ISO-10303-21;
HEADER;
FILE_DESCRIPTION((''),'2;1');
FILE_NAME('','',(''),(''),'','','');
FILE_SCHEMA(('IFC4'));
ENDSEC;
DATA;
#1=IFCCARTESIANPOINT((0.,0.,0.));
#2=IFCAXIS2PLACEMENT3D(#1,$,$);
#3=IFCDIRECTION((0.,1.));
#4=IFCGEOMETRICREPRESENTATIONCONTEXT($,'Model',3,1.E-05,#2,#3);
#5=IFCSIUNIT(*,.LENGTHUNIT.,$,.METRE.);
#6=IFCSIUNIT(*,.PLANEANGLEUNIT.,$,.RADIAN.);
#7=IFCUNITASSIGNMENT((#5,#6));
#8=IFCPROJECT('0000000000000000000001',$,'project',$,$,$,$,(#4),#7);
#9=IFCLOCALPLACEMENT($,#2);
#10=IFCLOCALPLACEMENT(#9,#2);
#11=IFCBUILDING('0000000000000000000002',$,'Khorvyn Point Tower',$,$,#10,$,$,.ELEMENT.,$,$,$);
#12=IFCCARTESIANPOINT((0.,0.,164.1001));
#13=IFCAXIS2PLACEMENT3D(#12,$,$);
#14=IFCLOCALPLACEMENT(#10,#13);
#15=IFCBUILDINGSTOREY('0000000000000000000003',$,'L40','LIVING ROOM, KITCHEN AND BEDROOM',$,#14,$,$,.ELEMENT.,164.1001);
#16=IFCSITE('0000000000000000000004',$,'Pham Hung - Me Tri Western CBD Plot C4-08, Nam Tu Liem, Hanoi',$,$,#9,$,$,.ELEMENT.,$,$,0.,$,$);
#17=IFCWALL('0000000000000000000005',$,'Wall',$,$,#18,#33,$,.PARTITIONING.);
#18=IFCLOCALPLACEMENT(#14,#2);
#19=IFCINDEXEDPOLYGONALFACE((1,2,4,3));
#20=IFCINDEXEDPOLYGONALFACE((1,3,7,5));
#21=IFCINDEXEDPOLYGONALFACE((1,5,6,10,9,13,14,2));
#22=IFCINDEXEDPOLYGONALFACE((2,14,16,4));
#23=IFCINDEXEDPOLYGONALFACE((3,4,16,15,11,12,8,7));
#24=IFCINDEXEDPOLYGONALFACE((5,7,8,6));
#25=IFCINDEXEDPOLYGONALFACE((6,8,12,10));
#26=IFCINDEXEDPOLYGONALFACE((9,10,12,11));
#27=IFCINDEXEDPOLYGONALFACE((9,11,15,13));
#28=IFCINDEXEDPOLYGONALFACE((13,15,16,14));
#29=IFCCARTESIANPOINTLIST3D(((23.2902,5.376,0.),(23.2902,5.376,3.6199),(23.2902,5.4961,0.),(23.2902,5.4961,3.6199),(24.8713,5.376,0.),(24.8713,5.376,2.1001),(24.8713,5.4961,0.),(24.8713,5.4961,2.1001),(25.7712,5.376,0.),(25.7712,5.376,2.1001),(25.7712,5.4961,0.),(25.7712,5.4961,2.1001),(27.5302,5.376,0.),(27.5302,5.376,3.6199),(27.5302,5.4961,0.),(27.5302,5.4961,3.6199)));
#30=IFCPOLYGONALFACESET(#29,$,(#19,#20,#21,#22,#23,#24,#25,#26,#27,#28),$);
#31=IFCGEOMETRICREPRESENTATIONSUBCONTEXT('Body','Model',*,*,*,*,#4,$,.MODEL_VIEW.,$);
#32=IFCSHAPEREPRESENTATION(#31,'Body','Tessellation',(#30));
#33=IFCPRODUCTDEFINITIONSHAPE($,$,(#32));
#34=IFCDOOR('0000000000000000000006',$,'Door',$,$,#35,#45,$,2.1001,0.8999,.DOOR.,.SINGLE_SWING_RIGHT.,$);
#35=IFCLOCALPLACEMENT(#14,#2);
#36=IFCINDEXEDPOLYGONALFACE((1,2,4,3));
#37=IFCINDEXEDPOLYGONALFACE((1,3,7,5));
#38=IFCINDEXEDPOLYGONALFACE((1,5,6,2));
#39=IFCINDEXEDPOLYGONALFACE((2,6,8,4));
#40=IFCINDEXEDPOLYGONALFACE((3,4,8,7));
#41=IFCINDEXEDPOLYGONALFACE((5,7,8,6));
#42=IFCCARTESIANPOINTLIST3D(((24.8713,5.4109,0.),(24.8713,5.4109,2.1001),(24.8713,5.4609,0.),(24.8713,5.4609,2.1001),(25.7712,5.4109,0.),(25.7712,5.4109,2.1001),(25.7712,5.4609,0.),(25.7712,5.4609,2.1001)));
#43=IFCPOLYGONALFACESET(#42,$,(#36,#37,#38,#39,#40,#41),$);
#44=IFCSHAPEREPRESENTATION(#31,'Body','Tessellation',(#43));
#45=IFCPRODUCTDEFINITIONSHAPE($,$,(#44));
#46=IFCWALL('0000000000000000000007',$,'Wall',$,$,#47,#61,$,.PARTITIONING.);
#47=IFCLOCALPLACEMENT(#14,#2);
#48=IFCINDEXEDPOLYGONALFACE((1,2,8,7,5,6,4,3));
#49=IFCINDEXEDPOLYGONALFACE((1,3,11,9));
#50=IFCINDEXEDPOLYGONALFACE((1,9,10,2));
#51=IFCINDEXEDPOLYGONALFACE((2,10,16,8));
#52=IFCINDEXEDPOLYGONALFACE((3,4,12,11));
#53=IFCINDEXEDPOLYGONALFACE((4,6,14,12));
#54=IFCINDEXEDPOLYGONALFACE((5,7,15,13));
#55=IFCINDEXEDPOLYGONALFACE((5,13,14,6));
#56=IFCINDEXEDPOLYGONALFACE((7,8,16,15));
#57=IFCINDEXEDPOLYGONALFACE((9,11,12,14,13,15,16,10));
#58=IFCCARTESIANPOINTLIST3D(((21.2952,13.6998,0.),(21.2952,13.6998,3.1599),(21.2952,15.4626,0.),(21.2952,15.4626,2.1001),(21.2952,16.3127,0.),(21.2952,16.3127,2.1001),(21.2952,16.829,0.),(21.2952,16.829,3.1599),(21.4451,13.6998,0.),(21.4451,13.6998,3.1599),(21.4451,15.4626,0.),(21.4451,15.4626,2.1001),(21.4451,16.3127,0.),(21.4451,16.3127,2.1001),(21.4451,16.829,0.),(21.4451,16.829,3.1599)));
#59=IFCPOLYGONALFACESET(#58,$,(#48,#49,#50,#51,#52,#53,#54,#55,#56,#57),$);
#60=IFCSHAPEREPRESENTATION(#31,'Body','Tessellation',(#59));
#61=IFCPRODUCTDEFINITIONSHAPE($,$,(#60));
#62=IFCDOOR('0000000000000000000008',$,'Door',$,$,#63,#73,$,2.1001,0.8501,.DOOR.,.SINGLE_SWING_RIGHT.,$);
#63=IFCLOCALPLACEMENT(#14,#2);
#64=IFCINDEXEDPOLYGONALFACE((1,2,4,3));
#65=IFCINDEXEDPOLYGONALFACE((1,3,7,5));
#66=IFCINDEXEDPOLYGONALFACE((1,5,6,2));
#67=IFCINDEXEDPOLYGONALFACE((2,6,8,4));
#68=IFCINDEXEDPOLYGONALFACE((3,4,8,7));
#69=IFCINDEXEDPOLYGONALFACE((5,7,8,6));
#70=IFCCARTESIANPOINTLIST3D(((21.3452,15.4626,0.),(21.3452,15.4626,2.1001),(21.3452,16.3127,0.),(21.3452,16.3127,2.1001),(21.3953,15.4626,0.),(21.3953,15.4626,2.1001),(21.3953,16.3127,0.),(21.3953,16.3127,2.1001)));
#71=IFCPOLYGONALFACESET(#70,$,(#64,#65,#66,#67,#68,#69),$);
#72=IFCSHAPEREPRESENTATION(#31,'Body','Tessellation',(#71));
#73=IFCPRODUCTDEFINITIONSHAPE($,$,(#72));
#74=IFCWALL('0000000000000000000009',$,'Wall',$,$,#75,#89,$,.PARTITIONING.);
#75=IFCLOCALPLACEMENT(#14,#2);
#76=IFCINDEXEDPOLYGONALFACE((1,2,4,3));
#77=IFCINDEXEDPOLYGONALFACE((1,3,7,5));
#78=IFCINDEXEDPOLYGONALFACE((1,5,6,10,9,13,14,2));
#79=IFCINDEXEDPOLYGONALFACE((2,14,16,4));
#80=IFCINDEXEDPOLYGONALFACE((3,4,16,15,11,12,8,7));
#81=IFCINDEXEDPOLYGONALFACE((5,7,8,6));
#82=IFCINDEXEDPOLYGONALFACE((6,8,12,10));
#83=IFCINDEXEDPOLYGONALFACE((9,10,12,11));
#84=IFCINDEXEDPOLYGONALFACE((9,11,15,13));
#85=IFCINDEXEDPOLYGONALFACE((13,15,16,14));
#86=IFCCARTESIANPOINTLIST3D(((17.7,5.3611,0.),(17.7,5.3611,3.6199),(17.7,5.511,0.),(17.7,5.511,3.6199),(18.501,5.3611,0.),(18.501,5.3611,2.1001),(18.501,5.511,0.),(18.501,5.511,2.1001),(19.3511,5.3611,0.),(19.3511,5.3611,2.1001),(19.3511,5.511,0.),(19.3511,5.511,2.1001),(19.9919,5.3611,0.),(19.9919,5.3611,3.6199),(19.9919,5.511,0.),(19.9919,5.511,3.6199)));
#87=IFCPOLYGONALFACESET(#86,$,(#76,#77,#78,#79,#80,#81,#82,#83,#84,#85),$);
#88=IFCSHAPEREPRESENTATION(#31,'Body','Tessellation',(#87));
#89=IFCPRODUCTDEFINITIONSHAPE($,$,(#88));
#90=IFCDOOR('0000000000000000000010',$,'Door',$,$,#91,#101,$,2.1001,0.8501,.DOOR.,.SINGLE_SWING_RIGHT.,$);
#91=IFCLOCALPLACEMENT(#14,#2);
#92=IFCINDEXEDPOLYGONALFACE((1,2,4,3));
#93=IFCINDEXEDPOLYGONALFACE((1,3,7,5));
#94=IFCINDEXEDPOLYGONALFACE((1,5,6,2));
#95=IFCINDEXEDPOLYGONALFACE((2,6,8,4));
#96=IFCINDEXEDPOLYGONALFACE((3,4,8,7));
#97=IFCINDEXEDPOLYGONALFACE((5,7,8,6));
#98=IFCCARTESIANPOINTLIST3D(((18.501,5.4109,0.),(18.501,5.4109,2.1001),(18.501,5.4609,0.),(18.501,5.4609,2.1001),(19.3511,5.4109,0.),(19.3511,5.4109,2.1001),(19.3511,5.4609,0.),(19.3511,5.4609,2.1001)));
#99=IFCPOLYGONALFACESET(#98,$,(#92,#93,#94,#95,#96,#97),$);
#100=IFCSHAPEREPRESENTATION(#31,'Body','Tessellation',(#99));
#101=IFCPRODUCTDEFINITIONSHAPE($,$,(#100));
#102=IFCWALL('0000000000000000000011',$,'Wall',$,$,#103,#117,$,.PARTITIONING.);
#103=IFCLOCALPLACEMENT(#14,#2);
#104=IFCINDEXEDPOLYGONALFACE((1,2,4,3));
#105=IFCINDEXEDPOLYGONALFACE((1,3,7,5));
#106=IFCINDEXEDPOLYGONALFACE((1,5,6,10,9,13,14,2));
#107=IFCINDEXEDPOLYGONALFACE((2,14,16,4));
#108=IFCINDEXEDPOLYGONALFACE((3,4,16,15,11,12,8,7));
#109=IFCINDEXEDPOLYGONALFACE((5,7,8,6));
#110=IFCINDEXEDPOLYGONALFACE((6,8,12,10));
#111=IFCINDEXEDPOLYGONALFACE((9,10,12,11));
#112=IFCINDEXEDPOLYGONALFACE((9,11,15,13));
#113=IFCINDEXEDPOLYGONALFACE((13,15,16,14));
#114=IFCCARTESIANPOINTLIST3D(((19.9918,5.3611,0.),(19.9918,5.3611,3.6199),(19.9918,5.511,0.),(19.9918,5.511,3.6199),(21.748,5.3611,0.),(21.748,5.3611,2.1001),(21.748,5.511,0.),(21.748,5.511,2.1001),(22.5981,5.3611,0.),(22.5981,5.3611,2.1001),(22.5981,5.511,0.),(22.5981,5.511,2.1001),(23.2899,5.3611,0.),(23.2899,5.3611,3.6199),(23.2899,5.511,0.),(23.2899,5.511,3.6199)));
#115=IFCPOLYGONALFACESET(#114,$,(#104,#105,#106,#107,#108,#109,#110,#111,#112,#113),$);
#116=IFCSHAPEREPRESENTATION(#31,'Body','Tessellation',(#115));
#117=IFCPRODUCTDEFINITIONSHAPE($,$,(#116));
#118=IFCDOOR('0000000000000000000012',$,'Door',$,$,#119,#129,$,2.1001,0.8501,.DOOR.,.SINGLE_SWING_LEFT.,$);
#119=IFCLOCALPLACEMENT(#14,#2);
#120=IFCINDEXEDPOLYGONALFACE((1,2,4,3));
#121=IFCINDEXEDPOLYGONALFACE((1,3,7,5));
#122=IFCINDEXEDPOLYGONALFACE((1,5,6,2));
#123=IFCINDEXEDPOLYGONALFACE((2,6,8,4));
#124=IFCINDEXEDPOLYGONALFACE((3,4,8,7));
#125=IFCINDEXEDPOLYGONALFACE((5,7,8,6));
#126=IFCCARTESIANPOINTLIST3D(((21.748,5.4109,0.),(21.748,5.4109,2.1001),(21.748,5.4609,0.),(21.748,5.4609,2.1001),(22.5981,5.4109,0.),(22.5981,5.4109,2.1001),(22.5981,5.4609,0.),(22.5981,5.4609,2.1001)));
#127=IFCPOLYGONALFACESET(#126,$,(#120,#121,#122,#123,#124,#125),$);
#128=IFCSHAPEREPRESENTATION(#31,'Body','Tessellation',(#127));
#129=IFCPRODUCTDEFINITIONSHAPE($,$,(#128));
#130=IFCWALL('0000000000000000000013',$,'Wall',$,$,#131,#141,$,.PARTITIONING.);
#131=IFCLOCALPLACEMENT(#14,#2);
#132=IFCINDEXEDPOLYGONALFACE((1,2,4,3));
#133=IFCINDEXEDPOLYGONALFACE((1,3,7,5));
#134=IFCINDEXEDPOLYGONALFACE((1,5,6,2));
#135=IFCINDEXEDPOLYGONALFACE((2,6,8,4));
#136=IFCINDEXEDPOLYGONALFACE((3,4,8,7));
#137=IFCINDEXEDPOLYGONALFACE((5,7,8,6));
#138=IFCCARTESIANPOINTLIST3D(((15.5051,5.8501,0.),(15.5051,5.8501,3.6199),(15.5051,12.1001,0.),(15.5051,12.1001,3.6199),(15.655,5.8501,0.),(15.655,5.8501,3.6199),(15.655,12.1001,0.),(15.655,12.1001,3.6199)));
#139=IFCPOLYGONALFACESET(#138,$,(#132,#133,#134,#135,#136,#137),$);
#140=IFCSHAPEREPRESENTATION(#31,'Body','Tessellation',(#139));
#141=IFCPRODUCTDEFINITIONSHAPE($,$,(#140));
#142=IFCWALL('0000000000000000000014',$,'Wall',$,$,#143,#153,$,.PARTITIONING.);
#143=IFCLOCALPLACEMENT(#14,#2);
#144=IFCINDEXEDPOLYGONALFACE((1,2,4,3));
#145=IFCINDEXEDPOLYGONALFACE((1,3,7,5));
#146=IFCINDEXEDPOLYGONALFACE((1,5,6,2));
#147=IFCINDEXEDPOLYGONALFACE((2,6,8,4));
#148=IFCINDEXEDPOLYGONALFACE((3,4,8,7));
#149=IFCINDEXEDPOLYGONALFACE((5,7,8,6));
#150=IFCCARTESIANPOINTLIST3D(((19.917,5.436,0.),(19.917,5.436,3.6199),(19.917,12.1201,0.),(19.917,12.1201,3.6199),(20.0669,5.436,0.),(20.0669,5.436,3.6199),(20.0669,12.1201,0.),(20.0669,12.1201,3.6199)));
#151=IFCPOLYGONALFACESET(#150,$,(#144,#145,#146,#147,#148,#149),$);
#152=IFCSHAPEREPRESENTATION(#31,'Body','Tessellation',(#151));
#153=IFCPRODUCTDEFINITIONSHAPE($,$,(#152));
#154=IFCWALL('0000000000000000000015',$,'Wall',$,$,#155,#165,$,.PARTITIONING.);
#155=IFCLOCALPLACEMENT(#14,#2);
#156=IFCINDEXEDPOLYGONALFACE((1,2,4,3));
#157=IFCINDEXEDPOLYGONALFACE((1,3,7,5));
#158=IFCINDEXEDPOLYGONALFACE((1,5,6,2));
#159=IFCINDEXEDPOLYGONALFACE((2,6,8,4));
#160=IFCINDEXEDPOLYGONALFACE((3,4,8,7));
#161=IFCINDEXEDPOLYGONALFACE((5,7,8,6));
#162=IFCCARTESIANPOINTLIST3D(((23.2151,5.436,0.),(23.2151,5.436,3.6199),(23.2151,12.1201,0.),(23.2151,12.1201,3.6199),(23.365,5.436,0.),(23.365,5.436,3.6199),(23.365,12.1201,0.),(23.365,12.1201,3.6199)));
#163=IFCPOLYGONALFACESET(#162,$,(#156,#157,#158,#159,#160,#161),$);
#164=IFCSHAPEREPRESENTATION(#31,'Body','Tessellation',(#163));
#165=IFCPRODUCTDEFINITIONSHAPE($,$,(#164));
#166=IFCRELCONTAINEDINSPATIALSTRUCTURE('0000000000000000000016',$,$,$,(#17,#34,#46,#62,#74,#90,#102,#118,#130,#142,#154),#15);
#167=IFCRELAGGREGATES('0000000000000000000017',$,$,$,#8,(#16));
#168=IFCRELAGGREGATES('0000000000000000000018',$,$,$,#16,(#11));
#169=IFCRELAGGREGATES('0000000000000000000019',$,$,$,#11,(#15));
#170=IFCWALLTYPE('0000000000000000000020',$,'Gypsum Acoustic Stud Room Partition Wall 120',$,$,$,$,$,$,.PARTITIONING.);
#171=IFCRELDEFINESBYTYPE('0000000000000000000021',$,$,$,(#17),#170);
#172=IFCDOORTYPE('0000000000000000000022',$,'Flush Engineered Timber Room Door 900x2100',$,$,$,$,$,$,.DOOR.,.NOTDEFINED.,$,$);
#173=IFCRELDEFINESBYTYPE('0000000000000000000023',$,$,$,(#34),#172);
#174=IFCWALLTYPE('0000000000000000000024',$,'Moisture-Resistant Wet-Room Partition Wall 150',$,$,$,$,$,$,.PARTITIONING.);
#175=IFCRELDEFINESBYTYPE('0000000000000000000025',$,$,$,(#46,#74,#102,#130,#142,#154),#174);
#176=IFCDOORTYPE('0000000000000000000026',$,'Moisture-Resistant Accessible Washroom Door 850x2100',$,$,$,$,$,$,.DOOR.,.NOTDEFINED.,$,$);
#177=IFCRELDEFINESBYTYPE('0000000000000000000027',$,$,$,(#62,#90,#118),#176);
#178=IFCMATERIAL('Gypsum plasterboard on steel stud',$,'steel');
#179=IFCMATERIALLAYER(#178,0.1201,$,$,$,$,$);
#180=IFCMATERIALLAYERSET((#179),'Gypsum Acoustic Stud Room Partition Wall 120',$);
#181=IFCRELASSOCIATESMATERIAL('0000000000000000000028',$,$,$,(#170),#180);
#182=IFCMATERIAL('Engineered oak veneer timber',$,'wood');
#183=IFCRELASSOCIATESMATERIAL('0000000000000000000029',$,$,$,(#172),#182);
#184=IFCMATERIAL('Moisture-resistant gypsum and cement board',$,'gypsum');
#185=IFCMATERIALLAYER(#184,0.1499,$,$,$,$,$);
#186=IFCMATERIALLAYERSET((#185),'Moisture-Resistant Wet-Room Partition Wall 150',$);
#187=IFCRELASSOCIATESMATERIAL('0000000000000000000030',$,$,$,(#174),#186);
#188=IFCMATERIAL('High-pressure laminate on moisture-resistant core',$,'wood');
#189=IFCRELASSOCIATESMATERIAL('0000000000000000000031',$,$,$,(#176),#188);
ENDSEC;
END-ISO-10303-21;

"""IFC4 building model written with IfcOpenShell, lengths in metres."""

from ifc_helpers import new_model, si_unit, direction, frame, frame_2d, origin, place, context, subcontext, project, spatial, rectangle, extrude, material, layer, layer_set, type_object, element, fill, save


model = new_model("IFC4")

# Units and contexts
model_context = context("Model", 3, precision=1e-05, world=origin(), true_north=direction((0.0, 1.0)))
body_context = subcontext(model_context, "Body", "Model", "MODEL_VIEW")
ifc_project = project(units=[si_unit("LENGTHUNIT", "METRE"), si_unit("PLANEANGLEUNIT", "RADIAN")], contexts=[model_context])

# Site, building, storey
site_placement = place(None, origin())
site = spatial("IfcSite", under=ifc_project, at=site_placement, Name="Pham Hung - Me Tri Western CBD Plot C4-08, Nam Tu Liem, Hanoi", CompositionType="ELEMENT", RefElevation=0.0)
building_placement = place(site_placement, origin())
building = spatial("IfcBuilding", under=site, at=building_placement, Name="Khorvyn Point Tower", CompositionType="ELEMENT")
storey_placement = place(building_placement, frame((0.0, 0.0, 164.1001)))
storey = spatial("IfcBuildingStorey", under=building, at=storey_placement, Name="L40", Description="LIVING ROOM, KITCHEN AND BEDROOM", CompositionType="ELEMENT", Elevation=164.1001)

# Walls, openings, doors
ifc_material_1 = material(Name="Gypsum plasterboard on steel stud", Category="steel")
ifc_layer_1 = layer(ifc_material_1, 0.1201)
ifc_layer_set_1 = layer_set([ifc_layer_1], Name="Gypsum Acoustic Stud Room Partition Wall 120")
wall_type_1 = type_object("IfcWallType", Name="Gypsum Acoustic Stud Room Partition Wall 120", PredefinedType="PARTITIONING", material=ifc_layer_set_1)
wall_1_placement = place(storey_placement, frame((23.29, 5.436, 0.0), z_axis=(0.0, 0.0, 1.0), x_axis=(1.0, 0.0, 0.0)))
wall_1 = element("IfcWall", 1, at=wall_1_placement, inside=storey, type_object=wall_type_1, Name="Wall", PredefinedType="PARTITIONING", context=body_context, shape_type="SweptSolid", body=[
    extrude(rectangle(XDim=4.24, YDim=0.1201, at=frame_2d((2.1201, 0.0))), origin(), (0.0, 0.0, 1.0), 3.6199),
])
opening_1_placement = place(wall_1_placement, frame((1.5813, 0.0, 0.0)))
opening_1 = element("IfcOpeningElement", 2, at=opening_1_placement, cuts=wall_1, PredefinedType="OPENING", context=body_context, shape_type="SweptSolid", body=[
    extrude(rectangle(XDim=0.8999, YDim=2.1001, at=frame_2d((0.45, 1.05))), frame((0.0, 0.0701, 0.0), z_axis=(0.0, -1.0, 0.0), x_axis=(1.0, 0.0, 0.0)), (0.0, 0.0, 1.0), 0.1401),
])
ifc_material_2 = material(Name="Engineered oak veneer timber", Category="wood")
door_type_1 = type_object("IfcDoorType", Name="Flush Engineered Timber Room Door 900x2100", OperationType="NOTDEFINED", PredefinedType="DOOR", material=ifc_material_2)
door_1_placement = place(opening_1_placement, origin())
door_1 = element("IfcDoor", 3, at=door_1_placement, inside=storey, type_object=door_type_1, Name="Door", OperationType="SINGLE_SWING_RIGHT", OverallHeight=2.1001, OverallWidth=0.8999, PredefinedType="DOOR", context=body_context, shape_type="SweptSolid", body=[
    extrude(rectangle(XDim=0.8999, YDim=2.1001, at=frame_2d((0.45, 1.05))), frame((0.0, 0.0249, 0.0), z_axis=(0.0, -1.0, 0.0), x_axis=(1.0, 0.0, 0.0)), (0.0, 0.0, 1.0), 0.05),
])
fill(opening_1, door_1)
ifc_material_3 = material(Name="Moisture-resistant gypsum and cement board", Category="gypsum")
ifc_layer_2 = layer(ifc_material_3, 0.1499)
ifc_layer_set_2 = layer_set([ifc_layer_2], Name="Moisture-Resistant Wet-Room Partition Wall 150")
wall_type_2 = type_object("IfcWallType", Name="Moisture-Resistant Wet-Room Partition Wall 150", PredefinedType="PARTITIONING", material=ifc_layer_set_2)
wall_2_placement = place(storey_placement, frame((21.3701, 13.7, 0.0), z_axis=(0.0, 0.0, 1.0), x_axis=(0.0, 1.0, 0.0)))
wall_2 = element("IfcWall", 4, at=wall_2_placement, inside=storey, type_object=wall_type_2, Name="Wall", PredefinedType="PARTITIONING", context=body_context, shape_type="SweptSolid", body=[
    extrude(rectangle(XDim=3.1292, YDim=0.1499, at=frame_2d((1.5645, 0.0))), origin(), (0.0, 0.0, 1.0), 3.1599),
])
opening_2_placement = place(wall_2_placement, frame((1.7627, 0.0, 0.0)))
opening_2 = element("IfcOpeningElement", 5, at=opening_2_placement, cuts=wall_2, PredefinedType="OPENING", context=body_context, shape_type="SweptSolid", body=[
    extrude(rectangle(XDim=0.8501, YDim=2.1001, at=frame_2d((0.425, 1.05))), frame((0.0, 0.085, 0.0), z_axis=(0.0, -1.0, 0.0), x_axis=(1.0, 0.0, 0.0)), (0.0, 0.0, 1.0), 0.1699),
])
ifc_material_4 = material(Name="High-pressure laminate on moisture-resistant core", Category="wood")
door_type_2 = type_object("IfcDoorType", Name="Moisture-Resistant Accessible Washroom Door 850x2100", OperationType="NOTDEFINED", PredefinedType="DOOR", material=ifc_material_4)
door_2_placement = place(opening_2_placement, origin())
door_2 = element("IfcDoor", 6, at=door_2_placement, inside=storey, type_object=door_type_2, Name="Door", OperationType="SINGLE_SWING_RIGHT", OverallHeight=2.1001, OverallWidth=0.8501, PredefinedType="DOOR", context=body_context, shape_type="SweptSolid", body=[
    extrude(rectangle(XDim=0.8501, YDim=2.1001, at=frame_2d((0.425, 1.05))), frame((0.0, 0.0249, 0.0), z_axis=(0.0, -1.0, 0.0), x_axis=(1.0, 0.0, 0.0)), (0.0, 0.0, 1.0), 0.05),
])
fill(opening_2, door_2)
wall_3_placement = place(storey_placement, frame((17.7, 5.436, 0.0), z_axis=(0.0, 0.0, 1.0), x_axis=(1.0, 0.0, 0.0)))
wall_3 = element("IfcWall", 7, at=wall_3_placement, inside=storey, type_object=wall_type_2, Name="Wall", PredefinedType="PARTITIONING", context=body_context, shape_type="SweptSolid", body=[
    extrude(rectangle(XDim=2.292, YDim=0.1499, at=frame_2d((1.146, 0.0))), origin(), (0.0, 0.0, 1.0), 3.6199),
])
opening_3_placement = place(wall_3_placement, frame((0.801, 0.0, 0.0)))
opening_3 = element("IfcOpeningElement", 8, at=opening_3_placement, cuts=wall_3, PredefinedType="OPENING", context=body_context, shape_type="SweptSolid", body=[
    extrude(rectangle(XDim=0.8501, YDim=2.1001, at=frame_2d((0.425, 1.05))), frame((0.0, 0.085, 0.0), z_axis=(0.0, -1.0, 0.0), x_axis=(1.0, 0.0, 0.0)), (0.0, 0.0, 1.0), 0.1699),
])
door_3_placement = place(opening_3_placement, origin())
door_3 = element("IfcDoor", 9, at=door_3_placement, inside=storey, type_object=door_type_2, Name="Door", OperationType="SINGLE_SWING_RIGHT", OverallHeight=2.1001, OverallWidth=0.8501, PredefinedType="DOOR", context=body_context, shape_type="SweptSolid", body=[
    extrude(rectangle(XDim=0.8501, YDim=2.1001, at=frame_2d((0.425, 1.05))), frame((0.0, 0.0249, 0.0), z_axis=(0.0, -1.0, 0.0), x_axis=(1.0, 0.0, 0.0)), (0.0, 0.0, 1.0), 0.05),
])
fill(opening_3, door_3)
wall_4_placement = place(storey_placement, frame((19.9919, 5.436, 0.0), z_axis=(0.0, 0.0, 1.0), x_axis=(1.0, 0.0, 0.0)))
wall_4 = element("IfcWall", 10, at=wall_4_placement, inside=storey, type_object=wall_type_2, Name="Wall", PredefinedType="PARTITIONING", context=body_context, shape_type="SweptSolid", body=[
    extrude(rectangle(XDim=3.2981, YDim=0.1499, at=frame_2d((1.6489, 0.0))), origin(), (0.0, 0.0, 1.0), 3.6199),
])
opening_4_placement = place(wall_4_placement, frame((1.7561, 0.0, 0.0)))
opening_4 = element("IfcOpeningElement", 11, at=opening_4_placement, cuts=wall_4, PredefinedType="OPENING", context=body_context, shape_type="SweptSolid", body=[
    extrude(rectangle(XDim=0.8501, YDim=2.1001, at=frame_2d((0.425, 1.05))), frame((0.0, 0.085, 0.0), z_axis=(0.0, -1.0, 0.0), x_axis=(1.0, 0.0, 0.0)), (0.0, 0.0, 1.0), 0.1699),
])
door_4_placement = place(opening_4_placement, origin())
door_4 = element("IfcDoor", 12, at=door_4_placement, inside=storey, type_object=door_type_2, Name="Door", OperationType="SINGLE_SWING_LEFT", OverallHeight=2.1001, OverallWidth=0.8501, PredefinedType="DOOR", context=body_context, shape_type="SweptSolid", body=[
    extrude(rectangle(XDim=0.8501, YDim=2.1001, at=frame_2d((0.425, 1.05))), frame((0.0, 0.0249, 0.0), z_axis=(0.0, -1.0, 0.0), x_axis=(1.0, 0.0, 0.0)), (0.0, 0.0, 1.0), 0.05),
])
fill(opening_4, door_4)

# Walls
wall_5_placement = place(storey_placement, frame((15.5801, 5.8501, 0.0), z_axis=(0.0, 0.0, 1.0), x_axis=(0.0, 1.0, 0.0)))
element("IfcWall", 13, at=wall_5_placement, inside=storey, type_object=wall_type_2, Name="Wall", PredefinedType="PARTITIONING", context=body_context, shape_type="SweptSolid", body=[
    extrude(rectangle(XDim=6.25, YDim=0.1499, at=frame_2d((3.125, 0.0))), origin(), (0.0, 0.0, 1.0), 3.6199),
])
for number, where, z_axis, x_axis, name in (
    (14, (19.9919, 5.436, 0.0), (0.0, 0.0, 1.0), (0.0, 1.0, 0.0), "Wall"),
    (15, (23.29, 5.436, 0.0), (0.0, 0.0, 1.0), (0.0, 1.0, 0.0), "Wall"),
):
    element("IfcWall", number, at=place(storey_placement, frame(where, z_axis=z_axis, x_axis=x_axis)), inside=storey, type_object=wall_type_2, Name=name, PredefinedType="PARTITIONING", context=body_context, shape_type="SweptSolid", body=[
        extrude(rectangle(XDim=6.6841, YDim=0.1499, at=frame_2d((3.342, 0.0))), origin(), (0.0, 0.0, 1.0), 3.6199),
    ])

save(model, "model.ifc")
